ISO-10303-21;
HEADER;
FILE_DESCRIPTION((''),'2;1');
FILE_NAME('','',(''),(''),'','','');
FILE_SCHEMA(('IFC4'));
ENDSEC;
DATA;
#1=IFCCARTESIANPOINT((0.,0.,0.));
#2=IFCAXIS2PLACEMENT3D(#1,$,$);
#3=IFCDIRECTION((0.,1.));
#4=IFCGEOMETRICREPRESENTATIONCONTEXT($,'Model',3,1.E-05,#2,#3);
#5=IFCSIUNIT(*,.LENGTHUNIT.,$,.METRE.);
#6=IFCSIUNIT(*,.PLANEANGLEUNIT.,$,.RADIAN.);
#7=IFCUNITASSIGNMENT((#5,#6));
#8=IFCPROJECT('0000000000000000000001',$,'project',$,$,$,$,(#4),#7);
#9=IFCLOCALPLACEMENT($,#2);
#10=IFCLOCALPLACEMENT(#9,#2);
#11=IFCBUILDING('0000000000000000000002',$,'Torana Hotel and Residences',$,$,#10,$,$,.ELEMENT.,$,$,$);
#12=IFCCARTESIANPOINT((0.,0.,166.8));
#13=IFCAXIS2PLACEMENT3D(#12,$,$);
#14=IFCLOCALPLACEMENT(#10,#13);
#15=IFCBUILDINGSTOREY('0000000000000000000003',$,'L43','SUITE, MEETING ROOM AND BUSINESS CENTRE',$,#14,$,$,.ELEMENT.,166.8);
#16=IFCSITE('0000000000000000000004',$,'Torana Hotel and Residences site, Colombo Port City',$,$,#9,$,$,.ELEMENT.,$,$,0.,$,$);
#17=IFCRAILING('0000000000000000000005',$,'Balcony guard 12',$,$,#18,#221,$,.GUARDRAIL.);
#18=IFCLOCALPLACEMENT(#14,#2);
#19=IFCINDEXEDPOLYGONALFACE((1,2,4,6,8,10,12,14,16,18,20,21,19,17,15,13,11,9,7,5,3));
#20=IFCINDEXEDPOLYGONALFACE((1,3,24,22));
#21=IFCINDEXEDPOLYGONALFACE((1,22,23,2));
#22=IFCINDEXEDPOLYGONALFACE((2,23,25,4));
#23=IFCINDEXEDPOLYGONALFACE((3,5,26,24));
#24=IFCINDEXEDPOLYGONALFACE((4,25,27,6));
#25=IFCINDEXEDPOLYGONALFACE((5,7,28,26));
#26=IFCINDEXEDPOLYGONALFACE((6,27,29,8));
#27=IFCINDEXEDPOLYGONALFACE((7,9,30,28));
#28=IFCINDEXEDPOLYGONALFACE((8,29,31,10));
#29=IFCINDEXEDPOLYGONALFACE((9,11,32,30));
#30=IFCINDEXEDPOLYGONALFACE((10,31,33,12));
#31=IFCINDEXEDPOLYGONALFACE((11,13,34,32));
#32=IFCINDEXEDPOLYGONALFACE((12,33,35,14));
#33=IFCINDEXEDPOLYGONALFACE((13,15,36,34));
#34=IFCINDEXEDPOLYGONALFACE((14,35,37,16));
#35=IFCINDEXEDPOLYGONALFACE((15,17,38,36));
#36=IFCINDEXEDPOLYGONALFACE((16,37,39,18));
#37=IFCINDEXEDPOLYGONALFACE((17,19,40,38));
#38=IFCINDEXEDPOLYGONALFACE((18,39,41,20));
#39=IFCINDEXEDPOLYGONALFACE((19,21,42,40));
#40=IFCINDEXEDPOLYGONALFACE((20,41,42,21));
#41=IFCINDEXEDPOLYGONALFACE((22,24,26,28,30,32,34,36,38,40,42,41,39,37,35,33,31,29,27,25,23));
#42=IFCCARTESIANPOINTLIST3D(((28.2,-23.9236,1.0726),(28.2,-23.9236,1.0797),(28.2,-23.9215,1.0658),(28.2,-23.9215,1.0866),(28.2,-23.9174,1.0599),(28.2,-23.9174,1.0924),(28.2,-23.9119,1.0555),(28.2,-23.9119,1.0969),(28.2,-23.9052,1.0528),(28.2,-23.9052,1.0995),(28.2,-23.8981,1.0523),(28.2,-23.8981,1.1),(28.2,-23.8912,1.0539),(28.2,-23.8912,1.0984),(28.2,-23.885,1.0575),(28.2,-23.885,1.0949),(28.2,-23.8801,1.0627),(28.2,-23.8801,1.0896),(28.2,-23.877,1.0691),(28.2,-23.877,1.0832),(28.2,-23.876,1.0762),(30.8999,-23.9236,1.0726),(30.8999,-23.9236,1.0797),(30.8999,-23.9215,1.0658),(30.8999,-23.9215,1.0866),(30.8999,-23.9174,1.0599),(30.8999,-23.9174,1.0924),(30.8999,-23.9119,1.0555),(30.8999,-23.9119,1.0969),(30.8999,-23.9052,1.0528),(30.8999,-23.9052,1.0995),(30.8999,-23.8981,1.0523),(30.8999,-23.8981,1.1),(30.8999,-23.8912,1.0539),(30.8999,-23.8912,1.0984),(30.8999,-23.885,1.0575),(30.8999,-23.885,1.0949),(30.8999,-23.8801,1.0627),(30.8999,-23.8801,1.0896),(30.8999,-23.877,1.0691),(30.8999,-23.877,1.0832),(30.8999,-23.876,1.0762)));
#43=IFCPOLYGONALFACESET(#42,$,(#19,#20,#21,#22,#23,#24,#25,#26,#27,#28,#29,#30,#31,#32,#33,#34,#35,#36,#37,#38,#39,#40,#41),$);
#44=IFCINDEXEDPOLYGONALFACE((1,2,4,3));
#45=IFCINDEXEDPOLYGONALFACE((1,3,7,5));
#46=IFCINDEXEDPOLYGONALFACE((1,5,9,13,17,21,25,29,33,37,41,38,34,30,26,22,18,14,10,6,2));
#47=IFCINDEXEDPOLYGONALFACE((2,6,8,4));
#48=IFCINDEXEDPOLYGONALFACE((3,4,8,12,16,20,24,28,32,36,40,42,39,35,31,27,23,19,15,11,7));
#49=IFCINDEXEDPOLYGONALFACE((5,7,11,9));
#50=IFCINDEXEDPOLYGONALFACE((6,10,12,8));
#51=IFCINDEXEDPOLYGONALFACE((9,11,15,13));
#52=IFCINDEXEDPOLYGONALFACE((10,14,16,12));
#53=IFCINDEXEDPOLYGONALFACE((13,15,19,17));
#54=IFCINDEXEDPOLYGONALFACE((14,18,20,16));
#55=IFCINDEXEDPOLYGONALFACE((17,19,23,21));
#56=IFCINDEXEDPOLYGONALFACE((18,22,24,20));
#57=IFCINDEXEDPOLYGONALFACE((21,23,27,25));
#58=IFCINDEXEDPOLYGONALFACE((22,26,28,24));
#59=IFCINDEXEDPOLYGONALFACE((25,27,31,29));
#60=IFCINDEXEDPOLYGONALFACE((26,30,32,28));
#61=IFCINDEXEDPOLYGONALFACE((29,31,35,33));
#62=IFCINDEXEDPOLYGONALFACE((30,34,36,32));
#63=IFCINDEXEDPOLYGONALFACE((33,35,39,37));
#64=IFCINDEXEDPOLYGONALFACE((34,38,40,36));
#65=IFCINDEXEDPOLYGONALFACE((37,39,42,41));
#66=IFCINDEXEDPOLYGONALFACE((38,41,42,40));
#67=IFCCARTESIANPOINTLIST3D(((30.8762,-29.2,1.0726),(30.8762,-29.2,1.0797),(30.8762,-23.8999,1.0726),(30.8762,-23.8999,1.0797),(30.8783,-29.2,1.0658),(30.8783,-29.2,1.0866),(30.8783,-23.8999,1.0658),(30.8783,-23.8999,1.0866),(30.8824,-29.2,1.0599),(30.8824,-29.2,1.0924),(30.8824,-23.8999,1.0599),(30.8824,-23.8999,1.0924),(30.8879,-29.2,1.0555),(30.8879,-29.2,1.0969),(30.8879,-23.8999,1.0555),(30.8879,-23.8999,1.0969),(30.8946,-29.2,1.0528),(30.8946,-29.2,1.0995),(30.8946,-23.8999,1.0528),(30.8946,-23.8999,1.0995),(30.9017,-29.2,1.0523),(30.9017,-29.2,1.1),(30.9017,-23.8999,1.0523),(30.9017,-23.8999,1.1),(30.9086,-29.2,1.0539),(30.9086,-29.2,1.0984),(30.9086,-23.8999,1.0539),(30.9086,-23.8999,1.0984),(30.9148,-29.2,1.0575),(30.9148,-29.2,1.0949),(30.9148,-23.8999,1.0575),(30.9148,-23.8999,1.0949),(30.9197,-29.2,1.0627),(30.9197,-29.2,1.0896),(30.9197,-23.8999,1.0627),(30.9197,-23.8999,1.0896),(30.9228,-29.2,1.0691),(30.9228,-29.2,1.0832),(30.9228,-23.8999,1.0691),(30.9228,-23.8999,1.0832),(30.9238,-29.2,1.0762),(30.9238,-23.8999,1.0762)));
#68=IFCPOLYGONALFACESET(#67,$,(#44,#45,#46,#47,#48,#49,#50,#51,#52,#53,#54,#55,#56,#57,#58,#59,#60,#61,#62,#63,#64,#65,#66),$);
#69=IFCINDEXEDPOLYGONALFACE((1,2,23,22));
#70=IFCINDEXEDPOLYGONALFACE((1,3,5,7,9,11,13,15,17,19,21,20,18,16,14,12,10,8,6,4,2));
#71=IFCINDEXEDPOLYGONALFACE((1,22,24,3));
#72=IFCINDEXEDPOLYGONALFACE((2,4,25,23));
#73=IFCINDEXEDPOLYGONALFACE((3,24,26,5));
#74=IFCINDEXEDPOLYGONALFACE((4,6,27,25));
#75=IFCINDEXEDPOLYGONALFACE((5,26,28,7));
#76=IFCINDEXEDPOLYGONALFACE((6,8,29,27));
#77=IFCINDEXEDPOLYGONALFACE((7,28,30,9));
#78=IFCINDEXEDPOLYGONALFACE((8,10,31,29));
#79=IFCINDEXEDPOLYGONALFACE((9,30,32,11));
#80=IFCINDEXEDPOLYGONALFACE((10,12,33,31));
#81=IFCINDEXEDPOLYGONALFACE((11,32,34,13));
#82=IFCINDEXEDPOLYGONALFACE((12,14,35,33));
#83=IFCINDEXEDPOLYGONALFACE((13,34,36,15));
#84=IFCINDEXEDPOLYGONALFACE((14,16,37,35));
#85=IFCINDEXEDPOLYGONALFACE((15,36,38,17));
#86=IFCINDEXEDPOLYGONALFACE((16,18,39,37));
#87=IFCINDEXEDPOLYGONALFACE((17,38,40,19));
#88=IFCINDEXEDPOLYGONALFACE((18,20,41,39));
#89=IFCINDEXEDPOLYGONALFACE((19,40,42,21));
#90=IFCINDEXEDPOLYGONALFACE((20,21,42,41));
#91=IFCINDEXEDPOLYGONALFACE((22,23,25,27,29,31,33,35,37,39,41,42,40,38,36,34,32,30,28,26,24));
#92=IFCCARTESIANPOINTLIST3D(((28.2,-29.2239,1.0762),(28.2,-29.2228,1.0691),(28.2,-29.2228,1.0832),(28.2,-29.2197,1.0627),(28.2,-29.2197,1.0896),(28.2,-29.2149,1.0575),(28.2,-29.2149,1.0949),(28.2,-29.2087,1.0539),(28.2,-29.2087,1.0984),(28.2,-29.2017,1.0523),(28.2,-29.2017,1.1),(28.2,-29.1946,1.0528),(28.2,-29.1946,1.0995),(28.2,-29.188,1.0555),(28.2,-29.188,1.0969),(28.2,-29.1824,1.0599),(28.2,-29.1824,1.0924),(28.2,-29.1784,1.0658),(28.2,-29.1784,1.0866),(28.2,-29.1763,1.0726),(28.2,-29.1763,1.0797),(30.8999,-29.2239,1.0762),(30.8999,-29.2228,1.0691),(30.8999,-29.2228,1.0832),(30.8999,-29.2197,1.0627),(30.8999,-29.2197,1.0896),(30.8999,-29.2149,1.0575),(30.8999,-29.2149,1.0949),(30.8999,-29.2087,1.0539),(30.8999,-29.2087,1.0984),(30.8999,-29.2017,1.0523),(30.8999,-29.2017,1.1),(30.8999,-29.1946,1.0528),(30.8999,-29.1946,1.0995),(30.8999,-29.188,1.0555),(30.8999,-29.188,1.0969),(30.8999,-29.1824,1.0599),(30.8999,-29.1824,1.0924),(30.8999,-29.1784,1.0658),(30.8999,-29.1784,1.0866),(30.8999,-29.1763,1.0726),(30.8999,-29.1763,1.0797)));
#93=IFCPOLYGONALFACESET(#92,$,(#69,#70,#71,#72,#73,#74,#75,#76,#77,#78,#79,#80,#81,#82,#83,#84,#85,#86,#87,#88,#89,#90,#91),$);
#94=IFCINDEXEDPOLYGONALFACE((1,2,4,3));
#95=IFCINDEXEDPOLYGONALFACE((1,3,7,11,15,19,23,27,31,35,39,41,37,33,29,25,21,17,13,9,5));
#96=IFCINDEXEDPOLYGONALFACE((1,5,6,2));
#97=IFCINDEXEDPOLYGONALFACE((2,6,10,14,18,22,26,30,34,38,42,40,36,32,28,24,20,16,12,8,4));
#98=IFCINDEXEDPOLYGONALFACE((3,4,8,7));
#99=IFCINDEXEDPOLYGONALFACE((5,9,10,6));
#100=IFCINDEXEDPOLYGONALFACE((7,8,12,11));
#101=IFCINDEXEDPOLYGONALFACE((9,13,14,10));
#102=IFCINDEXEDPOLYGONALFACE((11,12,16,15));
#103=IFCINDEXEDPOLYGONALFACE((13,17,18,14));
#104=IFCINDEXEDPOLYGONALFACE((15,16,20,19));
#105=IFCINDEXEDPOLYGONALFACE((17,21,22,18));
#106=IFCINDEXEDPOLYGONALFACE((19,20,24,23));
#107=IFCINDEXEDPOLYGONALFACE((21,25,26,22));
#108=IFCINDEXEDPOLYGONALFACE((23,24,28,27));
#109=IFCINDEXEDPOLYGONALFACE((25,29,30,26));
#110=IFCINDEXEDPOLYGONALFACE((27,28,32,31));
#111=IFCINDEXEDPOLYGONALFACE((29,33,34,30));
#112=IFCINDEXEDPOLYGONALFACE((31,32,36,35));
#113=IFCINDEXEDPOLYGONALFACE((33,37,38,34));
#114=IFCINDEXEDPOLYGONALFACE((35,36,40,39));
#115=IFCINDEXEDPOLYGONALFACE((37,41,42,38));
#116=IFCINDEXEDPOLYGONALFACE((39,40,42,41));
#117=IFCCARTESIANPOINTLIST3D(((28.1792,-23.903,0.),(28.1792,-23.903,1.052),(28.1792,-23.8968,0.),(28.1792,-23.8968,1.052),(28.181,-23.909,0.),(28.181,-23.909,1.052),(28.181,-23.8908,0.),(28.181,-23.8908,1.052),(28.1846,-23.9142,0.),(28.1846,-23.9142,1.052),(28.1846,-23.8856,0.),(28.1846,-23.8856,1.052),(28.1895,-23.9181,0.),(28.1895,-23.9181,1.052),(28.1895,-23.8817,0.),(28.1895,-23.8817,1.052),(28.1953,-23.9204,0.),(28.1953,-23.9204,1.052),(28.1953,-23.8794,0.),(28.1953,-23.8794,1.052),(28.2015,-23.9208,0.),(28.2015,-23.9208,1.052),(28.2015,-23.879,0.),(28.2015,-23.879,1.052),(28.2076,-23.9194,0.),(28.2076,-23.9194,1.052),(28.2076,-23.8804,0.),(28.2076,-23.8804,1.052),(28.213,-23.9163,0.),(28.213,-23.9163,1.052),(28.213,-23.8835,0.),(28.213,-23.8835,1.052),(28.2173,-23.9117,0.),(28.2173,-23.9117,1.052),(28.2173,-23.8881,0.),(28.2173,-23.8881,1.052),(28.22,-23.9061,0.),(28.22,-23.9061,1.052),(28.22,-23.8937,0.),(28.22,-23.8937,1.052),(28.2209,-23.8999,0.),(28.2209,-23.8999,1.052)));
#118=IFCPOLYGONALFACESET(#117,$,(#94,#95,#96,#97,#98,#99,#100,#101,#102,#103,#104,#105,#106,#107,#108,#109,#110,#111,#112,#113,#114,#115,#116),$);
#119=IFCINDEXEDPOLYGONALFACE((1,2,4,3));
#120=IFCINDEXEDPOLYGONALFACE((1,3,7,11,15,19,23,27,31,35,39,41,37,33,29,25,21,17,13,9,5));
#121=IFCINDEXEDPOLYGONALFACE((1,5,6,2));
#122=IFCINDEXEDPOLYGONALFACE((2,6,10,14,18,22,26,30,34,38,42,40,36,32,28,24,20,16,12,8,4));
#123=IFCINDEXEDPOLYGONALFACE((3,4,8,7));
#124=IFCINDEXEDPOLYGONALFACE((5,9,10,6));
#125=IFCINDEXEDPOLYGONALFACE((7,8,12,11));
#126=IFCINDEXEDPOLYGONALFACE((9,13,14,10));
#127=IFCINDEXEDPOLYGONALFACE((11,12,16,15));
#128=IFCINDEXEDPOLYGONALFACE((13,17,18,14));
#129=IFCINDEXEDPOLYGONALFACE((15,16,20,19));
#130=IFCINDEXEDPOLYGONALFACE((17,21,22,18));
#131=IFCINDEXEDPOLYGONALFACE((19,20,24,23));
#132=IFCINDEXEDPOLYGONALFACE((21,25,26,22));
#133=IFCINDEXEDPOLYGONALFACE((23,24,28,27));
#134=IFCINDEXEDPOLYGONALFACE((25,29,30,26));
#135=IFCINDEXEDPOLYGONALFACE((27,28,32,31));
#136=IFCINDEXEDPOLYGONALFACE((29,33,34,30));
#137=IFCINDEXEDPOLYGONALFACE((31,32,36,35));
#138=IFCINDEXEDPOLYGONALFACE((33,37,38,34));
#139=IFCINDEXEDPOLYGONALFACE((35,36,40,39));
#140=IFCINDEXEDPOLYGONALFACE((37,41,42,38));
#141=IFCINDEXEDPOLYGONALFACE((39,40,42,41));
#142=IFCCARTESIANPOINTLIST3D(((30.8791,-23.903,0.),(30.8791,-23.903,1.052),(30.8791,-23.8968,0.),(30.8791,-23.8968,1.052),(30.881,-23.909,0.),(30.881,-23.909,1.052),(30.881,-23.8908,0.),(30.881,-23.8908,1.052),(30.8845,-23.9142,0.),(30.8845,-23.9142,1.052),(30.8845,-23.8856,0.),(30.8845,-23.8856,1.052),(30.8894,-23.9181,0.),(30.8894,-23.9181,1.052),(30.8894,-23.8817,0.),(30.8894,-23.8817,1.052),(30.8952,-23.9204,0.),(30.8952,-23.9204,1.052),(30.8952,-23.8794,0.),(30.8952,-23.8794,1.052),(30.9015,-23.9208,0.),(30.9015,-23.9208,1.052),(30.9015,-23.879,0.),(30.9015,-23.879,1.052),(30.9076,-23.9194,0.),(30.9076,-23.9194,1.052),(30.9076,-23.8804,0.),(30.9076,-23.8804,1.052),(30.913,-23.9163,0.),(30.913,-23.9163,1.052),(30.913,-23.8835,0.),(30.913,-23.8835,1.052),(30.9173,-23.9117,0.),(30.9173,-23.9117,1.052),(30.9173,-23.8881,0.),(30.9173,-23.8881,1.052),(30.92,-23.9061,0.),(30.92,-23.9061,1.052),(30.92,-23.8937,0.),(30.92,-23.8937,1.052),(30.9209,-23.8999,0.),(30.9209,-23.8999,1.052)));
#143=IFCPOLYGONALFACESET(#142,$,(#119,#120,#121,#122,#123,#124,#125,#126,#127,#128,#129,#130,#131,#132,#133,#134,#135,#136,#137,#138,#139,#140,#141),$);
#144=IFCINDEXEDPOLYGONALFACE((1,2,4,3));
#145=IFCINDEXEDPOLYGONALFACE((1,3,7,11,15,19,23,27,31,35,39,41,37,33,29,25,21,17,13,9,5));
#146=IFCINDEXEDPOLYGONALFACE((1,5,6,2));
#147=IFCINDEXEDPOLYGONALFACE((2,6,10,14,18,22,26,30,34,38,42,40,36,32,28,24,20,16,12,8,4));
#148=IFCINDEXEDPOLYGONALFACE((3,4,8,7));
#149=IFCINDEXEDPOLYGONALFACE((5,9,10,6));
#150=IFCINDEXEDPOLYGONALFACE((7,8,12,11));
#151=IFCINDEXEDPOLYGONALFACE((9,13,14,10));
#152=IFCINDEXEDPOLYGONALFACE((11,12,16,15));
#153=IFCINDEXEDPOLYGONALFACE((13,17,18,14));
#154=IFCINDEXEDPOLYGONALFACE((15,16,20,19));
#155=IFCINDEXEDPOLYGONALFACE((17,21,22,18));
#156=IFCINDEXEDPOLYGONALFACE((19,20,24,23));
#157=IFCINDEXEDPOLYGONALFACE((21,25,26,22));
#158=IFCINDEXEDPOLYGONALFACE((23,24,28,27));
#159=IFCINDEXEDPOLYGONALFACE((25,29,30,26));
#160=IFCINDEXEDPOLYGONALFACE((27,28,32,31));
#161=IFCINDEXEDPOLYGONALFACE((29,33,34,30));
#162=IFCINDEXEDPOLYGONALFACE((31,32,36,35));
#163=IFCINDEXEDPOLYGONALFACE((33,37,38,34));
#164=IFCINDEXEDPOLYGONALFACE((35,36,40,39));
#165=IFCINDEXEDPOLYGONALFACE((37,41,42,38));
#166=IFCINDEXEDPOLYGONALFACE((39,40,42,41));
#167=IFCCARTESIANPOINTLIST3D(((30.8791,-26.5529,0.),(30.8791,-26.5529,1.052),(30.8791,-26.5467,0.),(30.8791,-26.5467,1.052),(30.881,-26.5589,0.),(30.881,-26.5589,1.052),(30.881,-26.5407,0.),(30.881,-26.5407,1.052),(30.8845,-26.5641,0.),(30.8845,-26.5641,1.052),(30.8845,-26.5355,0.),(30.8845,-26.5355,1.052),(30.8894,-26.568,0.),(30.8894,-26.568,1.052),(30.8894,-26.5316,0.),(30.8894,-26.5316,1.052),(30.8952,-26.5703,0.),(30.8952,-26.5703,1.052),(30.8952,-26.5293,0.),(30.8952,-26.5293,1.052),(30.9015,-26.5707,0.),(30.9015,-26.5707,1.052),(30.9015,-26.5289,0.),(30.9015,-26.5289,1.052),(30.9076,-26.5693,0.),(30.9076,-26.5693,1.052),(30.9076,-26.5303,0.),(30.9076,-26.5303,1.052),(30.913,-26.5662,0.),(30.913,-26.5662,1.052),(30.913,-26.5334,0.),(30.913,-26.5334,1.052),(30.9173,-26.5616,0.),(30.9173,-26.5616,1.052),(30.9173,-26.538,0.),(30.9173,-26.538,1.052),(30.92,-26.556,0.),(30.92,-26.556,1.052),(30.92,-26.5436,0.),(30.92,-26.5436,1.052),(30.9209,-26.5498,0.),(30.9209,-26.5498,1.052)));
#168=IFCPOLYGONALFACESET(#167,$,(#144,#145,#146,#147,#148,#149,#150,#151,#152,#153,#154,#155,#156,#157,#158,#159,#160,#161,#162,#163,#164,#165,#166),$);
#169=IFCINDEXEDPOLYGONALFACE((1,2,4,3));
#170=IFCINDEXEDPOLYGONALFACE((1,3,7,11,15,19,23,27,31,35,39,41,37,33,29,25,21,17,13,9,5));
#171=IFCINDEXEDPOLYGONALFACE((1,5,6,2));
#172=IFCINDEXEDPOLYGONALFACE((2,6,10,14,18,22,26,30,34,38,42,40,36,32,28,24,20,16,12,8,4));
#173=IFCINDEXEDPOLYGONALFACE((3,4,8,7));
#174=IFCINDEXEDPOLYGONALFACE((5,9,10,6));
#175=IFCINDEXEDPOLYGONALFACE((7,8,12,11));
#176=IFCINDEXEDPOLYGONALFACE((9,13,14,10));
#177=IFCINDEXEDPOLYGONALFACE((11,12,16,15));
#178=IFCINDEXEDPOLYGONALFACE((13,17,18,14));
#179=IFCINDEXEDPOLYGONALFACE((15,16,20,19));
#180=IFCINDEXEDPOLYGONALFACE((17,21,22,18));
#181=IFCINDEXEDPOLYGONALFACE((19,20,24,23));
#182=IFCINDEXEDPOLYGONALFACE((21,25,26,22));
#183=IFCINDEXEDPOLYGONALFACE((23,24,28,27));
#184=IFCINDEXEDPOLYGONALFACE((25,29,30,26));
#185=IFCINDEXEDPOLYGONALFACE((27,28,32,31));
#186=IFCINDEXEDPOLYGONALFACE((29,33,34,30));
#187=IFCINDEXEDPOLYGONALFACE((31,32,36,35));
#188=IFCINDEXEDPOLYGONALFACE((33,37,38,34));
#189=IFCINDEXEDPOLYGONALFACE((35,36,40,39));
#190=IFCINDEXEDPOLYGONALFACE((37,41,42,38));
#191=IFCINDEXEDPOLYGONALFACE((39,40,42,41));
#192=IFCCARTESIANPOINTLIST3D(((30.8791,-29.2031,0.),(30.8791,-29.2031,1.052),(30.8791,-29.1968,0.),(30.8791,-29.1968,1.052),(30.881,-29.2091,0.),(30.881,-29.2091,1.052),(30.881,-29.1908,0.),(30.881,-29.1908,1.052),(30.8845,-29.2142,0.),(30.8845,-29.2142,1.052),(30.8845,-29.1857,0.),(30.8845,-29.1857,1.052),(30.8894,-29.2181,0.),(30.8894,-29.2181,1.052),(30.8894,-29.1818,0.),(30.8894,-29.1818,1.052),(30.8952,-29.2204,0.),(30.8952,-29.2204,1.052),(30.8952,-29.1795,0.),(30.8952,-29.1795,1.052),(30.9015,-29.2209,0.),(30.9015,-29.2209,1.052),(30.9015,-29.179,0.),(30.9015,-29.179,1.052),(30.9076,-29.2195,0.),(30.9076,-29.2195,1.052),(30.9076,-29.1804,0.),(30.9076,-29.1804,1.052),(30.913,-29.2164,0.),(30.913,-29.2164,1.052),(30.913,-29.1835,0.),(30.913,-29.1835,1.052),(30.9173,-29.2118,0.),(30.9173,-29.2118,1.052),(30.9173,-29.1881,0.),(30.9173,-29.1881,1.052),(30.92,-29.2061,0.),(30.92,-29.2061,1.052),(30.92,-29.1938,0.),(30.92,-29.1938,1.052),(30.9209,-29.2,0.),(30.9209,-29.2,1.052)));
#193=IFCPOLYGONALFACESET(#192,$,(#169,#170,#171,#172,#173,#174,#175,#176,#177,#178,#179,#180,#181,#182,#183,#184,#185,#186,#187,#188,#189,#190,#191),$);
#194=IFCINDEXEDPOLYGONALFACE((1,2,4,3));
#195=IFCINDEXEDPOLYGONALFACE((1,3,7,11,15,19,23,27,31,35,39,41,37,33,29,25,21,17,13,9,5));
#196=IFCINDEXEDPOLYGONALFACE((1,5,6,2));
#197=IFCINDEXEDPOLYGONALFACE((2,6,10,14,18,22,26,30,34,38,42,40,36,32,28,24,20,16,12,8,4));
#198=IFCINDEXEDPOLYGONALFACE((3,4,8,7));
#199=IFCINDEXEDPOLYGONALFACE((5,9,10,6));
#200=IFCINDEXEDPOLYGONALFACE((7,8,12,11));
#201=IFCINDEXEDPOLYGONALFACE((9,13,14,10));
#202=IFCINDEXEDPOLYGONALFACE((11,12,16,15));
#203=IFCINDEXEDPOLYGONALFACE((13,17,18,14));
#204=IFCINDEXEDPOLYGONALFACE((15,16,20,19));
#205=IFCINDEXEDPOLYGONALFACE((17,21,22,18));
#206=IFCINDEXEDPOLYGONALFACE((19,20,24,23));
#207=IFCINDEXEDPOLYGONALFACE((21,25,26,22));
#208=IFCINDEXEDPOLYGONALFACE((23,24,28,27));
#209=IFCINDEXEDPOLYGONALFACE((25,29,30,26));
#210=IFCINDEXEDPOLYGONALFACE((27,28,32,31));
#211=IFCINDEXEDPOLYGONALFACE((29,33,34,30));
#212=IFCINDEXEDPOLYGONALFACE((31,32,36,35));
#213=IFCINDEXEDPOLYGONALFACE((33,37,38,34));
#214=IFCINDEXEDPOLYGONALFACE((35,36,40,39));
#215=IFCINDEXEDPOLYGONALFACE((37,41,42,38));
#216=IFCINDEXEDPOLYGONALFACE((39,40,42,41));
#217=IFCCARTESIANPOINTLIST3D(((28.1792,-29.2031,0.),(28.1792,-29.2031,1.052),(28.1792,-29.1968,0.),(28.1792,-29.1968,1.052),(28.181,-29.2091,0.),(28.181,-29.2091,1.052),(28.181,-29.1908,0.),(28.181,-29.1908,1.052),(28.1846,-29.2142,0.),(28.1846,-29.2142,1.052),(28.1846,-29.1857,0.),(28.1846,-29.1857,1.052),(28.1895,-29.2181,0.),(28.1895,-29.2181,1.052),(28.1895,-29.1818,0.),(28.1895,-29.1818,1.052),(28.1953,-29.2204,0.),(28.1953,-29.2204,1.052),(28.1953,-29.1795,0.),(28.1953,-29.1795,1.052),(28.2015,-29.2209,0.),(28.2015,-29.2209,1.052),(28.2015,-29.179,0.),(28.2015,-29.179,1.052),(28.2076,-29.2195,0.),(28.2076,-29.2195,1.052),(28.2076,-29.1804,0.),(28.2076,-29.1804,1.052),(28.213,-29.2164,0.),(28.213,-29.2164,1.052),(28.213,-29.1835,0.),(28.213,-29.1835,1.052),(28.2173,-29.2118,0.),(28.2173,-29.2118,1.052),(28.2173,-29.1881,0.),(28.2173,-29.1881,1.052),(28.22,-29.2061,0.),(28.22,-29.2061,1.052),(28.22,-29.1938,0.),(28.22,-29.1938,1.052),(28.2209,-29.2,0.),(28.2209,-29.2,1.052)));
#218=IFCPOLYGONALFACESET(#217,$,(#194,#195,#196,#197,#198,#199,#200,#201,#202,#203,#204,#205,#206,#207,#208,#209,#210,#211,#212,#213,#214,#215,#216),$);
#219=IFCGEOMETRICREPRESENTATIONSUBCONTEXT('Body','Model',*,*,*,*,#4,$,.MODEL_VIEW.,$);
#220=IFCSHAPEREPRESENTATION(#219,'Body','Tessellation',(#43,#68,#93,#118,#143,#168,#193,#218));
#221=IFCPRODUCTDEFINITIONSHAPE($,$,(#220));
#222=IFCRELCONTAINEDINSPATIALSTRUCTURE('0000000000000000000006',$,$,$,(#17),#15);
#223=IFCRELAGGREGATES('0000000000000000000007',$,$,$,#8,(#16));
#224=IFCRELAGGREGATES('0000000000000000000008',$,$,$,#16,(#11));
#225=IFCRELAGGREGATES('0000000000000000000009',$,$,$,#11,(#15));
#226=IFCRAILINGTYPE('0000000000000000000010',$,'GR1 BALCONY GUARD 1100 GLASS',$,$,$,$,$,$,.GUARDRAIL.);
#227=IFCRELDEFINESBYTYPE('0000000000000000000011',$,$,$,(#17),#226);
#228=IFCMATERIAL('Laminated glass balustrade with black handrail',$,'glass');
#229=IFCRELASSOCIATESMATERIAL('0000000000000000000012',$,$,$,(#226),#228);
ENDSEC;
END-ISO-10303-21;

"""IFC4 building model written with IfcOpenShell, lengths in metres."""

from ifc_helpers import new_model, si_unit, direction, frame, origin, origin_2d, place, context, subcontext, project, spatial, circle, extrude, material, type_object, element, save


model = new_model("IFC4")

# Units and contexts
model_context = context("Model", 3, precision=1e-05, world=origin(), true_north=direction((0.0, 1.0)))
body_context = subcontext(model_context, "Body", "Model", "MODEL_VIEW")
ifc_project = project(units=[si_unit("LENGTHUNIT", "METRE"), si_unit("PLANEANGLEUNIT", "RADIAN")], contexts=[model_context])

# Site, building, storey
site_placement = place(None, origin())
site = spatial("IfcSite", under=ifc_project, at=site_placement, Name="Torana Hotel and Residences site, Colombo Port City", CompositionType="ELEMENT", RefElevation=0.0)
building_placement = place(site_placement, origin())
building = spatial("IfcBuilding", under=site, at=building_placement, Name="Torana Hotel and Residences", CompositionType="ELEMENT")
storey_placement = place(building_placement, frame((0.0, 0.0, 166.8)))
storey = spatial("IfcBuildingStorey", under=building, at=storey_placement, Name="L43", Description="SUITE, MEETING ROOM AND BUSINESS CENTRE", CompositionType="ELEMENT", Elevation=166.8)

# Railing
ifc_material_1 = material(Name="Laminated glass balustrade with black handrail", Category="glass")
railing_type = type_object("IfcRailingType", Name="GR1 BALCONY GUARD 1100 GLASS", PredefinedType="GUARDRAIL", material=ifc_material_1)
railing_1_placement = place(storey_placement, frame((28.2, -23.8999, 0.0)))
element("IfcRailing", 1, at=railing_1_placement, inside=storey, type_object=railing_type, Name="Balcony guard 12", PredefinedType="GUARDRAIL", context=body_context, shape_type="SweptSolid", body=[
    extrude(circle(Radius=0.0239, at=origin_2d()), frame((0.0, 0.0, 1.0762), z_axis=(1.0, 0.0, 0.0), x_axis=(0.0, 1.0, 0.0)), (0.0, 0.0, 1.0), 2.7),
    extrude(circle(Radius=0.0239, at=origin_2d()), frame((2.7, 0.0, 1.0762), z_axis=(0.0, -1.0, 0.0), x_axis=(1.0, 0.0, 0.0)), (0.0, 0.0, 1.0), 5.3),
    extrude(circle(Radius=0.0239, at=origin_2d()), frame((2.7, -5.3, 1.0762), z_axis=(-1.0, 0.0, 0.0), x_axis=(0.0, -1.0, 0.0)), (0.0, 0.0, 1.0), 2.7),
    extrude(circle(Radius=0.021, at=origin_2d()), origin(), (0.0, 0.0, 1.0), 1.052),
    extrude(circle(Radius=0.021, at=origin_2d()), frame((2.7, 0.0, 0.0)), (0.0, 0.0, 1.0), 1.052),
    extrude(circle(Radius=0.021, at=origin_2d()), frame((2.7, -2.6499, 0.0)), (0.0, 0.0, 1.0), 1.052),
    extrude(circle(Radius=0.021, at=origin_2d()), frame((2.7, -5.3, 0.0)), (0.0, 0.0, 1.0), 1.052),
    extrude(circle(Radius=0.021, at=origin_2d()), frame((0.0, -5.3, 0.0)), (0.0, 0.0, 1.0), 1.052),
])

save(model, "model.ifc")
